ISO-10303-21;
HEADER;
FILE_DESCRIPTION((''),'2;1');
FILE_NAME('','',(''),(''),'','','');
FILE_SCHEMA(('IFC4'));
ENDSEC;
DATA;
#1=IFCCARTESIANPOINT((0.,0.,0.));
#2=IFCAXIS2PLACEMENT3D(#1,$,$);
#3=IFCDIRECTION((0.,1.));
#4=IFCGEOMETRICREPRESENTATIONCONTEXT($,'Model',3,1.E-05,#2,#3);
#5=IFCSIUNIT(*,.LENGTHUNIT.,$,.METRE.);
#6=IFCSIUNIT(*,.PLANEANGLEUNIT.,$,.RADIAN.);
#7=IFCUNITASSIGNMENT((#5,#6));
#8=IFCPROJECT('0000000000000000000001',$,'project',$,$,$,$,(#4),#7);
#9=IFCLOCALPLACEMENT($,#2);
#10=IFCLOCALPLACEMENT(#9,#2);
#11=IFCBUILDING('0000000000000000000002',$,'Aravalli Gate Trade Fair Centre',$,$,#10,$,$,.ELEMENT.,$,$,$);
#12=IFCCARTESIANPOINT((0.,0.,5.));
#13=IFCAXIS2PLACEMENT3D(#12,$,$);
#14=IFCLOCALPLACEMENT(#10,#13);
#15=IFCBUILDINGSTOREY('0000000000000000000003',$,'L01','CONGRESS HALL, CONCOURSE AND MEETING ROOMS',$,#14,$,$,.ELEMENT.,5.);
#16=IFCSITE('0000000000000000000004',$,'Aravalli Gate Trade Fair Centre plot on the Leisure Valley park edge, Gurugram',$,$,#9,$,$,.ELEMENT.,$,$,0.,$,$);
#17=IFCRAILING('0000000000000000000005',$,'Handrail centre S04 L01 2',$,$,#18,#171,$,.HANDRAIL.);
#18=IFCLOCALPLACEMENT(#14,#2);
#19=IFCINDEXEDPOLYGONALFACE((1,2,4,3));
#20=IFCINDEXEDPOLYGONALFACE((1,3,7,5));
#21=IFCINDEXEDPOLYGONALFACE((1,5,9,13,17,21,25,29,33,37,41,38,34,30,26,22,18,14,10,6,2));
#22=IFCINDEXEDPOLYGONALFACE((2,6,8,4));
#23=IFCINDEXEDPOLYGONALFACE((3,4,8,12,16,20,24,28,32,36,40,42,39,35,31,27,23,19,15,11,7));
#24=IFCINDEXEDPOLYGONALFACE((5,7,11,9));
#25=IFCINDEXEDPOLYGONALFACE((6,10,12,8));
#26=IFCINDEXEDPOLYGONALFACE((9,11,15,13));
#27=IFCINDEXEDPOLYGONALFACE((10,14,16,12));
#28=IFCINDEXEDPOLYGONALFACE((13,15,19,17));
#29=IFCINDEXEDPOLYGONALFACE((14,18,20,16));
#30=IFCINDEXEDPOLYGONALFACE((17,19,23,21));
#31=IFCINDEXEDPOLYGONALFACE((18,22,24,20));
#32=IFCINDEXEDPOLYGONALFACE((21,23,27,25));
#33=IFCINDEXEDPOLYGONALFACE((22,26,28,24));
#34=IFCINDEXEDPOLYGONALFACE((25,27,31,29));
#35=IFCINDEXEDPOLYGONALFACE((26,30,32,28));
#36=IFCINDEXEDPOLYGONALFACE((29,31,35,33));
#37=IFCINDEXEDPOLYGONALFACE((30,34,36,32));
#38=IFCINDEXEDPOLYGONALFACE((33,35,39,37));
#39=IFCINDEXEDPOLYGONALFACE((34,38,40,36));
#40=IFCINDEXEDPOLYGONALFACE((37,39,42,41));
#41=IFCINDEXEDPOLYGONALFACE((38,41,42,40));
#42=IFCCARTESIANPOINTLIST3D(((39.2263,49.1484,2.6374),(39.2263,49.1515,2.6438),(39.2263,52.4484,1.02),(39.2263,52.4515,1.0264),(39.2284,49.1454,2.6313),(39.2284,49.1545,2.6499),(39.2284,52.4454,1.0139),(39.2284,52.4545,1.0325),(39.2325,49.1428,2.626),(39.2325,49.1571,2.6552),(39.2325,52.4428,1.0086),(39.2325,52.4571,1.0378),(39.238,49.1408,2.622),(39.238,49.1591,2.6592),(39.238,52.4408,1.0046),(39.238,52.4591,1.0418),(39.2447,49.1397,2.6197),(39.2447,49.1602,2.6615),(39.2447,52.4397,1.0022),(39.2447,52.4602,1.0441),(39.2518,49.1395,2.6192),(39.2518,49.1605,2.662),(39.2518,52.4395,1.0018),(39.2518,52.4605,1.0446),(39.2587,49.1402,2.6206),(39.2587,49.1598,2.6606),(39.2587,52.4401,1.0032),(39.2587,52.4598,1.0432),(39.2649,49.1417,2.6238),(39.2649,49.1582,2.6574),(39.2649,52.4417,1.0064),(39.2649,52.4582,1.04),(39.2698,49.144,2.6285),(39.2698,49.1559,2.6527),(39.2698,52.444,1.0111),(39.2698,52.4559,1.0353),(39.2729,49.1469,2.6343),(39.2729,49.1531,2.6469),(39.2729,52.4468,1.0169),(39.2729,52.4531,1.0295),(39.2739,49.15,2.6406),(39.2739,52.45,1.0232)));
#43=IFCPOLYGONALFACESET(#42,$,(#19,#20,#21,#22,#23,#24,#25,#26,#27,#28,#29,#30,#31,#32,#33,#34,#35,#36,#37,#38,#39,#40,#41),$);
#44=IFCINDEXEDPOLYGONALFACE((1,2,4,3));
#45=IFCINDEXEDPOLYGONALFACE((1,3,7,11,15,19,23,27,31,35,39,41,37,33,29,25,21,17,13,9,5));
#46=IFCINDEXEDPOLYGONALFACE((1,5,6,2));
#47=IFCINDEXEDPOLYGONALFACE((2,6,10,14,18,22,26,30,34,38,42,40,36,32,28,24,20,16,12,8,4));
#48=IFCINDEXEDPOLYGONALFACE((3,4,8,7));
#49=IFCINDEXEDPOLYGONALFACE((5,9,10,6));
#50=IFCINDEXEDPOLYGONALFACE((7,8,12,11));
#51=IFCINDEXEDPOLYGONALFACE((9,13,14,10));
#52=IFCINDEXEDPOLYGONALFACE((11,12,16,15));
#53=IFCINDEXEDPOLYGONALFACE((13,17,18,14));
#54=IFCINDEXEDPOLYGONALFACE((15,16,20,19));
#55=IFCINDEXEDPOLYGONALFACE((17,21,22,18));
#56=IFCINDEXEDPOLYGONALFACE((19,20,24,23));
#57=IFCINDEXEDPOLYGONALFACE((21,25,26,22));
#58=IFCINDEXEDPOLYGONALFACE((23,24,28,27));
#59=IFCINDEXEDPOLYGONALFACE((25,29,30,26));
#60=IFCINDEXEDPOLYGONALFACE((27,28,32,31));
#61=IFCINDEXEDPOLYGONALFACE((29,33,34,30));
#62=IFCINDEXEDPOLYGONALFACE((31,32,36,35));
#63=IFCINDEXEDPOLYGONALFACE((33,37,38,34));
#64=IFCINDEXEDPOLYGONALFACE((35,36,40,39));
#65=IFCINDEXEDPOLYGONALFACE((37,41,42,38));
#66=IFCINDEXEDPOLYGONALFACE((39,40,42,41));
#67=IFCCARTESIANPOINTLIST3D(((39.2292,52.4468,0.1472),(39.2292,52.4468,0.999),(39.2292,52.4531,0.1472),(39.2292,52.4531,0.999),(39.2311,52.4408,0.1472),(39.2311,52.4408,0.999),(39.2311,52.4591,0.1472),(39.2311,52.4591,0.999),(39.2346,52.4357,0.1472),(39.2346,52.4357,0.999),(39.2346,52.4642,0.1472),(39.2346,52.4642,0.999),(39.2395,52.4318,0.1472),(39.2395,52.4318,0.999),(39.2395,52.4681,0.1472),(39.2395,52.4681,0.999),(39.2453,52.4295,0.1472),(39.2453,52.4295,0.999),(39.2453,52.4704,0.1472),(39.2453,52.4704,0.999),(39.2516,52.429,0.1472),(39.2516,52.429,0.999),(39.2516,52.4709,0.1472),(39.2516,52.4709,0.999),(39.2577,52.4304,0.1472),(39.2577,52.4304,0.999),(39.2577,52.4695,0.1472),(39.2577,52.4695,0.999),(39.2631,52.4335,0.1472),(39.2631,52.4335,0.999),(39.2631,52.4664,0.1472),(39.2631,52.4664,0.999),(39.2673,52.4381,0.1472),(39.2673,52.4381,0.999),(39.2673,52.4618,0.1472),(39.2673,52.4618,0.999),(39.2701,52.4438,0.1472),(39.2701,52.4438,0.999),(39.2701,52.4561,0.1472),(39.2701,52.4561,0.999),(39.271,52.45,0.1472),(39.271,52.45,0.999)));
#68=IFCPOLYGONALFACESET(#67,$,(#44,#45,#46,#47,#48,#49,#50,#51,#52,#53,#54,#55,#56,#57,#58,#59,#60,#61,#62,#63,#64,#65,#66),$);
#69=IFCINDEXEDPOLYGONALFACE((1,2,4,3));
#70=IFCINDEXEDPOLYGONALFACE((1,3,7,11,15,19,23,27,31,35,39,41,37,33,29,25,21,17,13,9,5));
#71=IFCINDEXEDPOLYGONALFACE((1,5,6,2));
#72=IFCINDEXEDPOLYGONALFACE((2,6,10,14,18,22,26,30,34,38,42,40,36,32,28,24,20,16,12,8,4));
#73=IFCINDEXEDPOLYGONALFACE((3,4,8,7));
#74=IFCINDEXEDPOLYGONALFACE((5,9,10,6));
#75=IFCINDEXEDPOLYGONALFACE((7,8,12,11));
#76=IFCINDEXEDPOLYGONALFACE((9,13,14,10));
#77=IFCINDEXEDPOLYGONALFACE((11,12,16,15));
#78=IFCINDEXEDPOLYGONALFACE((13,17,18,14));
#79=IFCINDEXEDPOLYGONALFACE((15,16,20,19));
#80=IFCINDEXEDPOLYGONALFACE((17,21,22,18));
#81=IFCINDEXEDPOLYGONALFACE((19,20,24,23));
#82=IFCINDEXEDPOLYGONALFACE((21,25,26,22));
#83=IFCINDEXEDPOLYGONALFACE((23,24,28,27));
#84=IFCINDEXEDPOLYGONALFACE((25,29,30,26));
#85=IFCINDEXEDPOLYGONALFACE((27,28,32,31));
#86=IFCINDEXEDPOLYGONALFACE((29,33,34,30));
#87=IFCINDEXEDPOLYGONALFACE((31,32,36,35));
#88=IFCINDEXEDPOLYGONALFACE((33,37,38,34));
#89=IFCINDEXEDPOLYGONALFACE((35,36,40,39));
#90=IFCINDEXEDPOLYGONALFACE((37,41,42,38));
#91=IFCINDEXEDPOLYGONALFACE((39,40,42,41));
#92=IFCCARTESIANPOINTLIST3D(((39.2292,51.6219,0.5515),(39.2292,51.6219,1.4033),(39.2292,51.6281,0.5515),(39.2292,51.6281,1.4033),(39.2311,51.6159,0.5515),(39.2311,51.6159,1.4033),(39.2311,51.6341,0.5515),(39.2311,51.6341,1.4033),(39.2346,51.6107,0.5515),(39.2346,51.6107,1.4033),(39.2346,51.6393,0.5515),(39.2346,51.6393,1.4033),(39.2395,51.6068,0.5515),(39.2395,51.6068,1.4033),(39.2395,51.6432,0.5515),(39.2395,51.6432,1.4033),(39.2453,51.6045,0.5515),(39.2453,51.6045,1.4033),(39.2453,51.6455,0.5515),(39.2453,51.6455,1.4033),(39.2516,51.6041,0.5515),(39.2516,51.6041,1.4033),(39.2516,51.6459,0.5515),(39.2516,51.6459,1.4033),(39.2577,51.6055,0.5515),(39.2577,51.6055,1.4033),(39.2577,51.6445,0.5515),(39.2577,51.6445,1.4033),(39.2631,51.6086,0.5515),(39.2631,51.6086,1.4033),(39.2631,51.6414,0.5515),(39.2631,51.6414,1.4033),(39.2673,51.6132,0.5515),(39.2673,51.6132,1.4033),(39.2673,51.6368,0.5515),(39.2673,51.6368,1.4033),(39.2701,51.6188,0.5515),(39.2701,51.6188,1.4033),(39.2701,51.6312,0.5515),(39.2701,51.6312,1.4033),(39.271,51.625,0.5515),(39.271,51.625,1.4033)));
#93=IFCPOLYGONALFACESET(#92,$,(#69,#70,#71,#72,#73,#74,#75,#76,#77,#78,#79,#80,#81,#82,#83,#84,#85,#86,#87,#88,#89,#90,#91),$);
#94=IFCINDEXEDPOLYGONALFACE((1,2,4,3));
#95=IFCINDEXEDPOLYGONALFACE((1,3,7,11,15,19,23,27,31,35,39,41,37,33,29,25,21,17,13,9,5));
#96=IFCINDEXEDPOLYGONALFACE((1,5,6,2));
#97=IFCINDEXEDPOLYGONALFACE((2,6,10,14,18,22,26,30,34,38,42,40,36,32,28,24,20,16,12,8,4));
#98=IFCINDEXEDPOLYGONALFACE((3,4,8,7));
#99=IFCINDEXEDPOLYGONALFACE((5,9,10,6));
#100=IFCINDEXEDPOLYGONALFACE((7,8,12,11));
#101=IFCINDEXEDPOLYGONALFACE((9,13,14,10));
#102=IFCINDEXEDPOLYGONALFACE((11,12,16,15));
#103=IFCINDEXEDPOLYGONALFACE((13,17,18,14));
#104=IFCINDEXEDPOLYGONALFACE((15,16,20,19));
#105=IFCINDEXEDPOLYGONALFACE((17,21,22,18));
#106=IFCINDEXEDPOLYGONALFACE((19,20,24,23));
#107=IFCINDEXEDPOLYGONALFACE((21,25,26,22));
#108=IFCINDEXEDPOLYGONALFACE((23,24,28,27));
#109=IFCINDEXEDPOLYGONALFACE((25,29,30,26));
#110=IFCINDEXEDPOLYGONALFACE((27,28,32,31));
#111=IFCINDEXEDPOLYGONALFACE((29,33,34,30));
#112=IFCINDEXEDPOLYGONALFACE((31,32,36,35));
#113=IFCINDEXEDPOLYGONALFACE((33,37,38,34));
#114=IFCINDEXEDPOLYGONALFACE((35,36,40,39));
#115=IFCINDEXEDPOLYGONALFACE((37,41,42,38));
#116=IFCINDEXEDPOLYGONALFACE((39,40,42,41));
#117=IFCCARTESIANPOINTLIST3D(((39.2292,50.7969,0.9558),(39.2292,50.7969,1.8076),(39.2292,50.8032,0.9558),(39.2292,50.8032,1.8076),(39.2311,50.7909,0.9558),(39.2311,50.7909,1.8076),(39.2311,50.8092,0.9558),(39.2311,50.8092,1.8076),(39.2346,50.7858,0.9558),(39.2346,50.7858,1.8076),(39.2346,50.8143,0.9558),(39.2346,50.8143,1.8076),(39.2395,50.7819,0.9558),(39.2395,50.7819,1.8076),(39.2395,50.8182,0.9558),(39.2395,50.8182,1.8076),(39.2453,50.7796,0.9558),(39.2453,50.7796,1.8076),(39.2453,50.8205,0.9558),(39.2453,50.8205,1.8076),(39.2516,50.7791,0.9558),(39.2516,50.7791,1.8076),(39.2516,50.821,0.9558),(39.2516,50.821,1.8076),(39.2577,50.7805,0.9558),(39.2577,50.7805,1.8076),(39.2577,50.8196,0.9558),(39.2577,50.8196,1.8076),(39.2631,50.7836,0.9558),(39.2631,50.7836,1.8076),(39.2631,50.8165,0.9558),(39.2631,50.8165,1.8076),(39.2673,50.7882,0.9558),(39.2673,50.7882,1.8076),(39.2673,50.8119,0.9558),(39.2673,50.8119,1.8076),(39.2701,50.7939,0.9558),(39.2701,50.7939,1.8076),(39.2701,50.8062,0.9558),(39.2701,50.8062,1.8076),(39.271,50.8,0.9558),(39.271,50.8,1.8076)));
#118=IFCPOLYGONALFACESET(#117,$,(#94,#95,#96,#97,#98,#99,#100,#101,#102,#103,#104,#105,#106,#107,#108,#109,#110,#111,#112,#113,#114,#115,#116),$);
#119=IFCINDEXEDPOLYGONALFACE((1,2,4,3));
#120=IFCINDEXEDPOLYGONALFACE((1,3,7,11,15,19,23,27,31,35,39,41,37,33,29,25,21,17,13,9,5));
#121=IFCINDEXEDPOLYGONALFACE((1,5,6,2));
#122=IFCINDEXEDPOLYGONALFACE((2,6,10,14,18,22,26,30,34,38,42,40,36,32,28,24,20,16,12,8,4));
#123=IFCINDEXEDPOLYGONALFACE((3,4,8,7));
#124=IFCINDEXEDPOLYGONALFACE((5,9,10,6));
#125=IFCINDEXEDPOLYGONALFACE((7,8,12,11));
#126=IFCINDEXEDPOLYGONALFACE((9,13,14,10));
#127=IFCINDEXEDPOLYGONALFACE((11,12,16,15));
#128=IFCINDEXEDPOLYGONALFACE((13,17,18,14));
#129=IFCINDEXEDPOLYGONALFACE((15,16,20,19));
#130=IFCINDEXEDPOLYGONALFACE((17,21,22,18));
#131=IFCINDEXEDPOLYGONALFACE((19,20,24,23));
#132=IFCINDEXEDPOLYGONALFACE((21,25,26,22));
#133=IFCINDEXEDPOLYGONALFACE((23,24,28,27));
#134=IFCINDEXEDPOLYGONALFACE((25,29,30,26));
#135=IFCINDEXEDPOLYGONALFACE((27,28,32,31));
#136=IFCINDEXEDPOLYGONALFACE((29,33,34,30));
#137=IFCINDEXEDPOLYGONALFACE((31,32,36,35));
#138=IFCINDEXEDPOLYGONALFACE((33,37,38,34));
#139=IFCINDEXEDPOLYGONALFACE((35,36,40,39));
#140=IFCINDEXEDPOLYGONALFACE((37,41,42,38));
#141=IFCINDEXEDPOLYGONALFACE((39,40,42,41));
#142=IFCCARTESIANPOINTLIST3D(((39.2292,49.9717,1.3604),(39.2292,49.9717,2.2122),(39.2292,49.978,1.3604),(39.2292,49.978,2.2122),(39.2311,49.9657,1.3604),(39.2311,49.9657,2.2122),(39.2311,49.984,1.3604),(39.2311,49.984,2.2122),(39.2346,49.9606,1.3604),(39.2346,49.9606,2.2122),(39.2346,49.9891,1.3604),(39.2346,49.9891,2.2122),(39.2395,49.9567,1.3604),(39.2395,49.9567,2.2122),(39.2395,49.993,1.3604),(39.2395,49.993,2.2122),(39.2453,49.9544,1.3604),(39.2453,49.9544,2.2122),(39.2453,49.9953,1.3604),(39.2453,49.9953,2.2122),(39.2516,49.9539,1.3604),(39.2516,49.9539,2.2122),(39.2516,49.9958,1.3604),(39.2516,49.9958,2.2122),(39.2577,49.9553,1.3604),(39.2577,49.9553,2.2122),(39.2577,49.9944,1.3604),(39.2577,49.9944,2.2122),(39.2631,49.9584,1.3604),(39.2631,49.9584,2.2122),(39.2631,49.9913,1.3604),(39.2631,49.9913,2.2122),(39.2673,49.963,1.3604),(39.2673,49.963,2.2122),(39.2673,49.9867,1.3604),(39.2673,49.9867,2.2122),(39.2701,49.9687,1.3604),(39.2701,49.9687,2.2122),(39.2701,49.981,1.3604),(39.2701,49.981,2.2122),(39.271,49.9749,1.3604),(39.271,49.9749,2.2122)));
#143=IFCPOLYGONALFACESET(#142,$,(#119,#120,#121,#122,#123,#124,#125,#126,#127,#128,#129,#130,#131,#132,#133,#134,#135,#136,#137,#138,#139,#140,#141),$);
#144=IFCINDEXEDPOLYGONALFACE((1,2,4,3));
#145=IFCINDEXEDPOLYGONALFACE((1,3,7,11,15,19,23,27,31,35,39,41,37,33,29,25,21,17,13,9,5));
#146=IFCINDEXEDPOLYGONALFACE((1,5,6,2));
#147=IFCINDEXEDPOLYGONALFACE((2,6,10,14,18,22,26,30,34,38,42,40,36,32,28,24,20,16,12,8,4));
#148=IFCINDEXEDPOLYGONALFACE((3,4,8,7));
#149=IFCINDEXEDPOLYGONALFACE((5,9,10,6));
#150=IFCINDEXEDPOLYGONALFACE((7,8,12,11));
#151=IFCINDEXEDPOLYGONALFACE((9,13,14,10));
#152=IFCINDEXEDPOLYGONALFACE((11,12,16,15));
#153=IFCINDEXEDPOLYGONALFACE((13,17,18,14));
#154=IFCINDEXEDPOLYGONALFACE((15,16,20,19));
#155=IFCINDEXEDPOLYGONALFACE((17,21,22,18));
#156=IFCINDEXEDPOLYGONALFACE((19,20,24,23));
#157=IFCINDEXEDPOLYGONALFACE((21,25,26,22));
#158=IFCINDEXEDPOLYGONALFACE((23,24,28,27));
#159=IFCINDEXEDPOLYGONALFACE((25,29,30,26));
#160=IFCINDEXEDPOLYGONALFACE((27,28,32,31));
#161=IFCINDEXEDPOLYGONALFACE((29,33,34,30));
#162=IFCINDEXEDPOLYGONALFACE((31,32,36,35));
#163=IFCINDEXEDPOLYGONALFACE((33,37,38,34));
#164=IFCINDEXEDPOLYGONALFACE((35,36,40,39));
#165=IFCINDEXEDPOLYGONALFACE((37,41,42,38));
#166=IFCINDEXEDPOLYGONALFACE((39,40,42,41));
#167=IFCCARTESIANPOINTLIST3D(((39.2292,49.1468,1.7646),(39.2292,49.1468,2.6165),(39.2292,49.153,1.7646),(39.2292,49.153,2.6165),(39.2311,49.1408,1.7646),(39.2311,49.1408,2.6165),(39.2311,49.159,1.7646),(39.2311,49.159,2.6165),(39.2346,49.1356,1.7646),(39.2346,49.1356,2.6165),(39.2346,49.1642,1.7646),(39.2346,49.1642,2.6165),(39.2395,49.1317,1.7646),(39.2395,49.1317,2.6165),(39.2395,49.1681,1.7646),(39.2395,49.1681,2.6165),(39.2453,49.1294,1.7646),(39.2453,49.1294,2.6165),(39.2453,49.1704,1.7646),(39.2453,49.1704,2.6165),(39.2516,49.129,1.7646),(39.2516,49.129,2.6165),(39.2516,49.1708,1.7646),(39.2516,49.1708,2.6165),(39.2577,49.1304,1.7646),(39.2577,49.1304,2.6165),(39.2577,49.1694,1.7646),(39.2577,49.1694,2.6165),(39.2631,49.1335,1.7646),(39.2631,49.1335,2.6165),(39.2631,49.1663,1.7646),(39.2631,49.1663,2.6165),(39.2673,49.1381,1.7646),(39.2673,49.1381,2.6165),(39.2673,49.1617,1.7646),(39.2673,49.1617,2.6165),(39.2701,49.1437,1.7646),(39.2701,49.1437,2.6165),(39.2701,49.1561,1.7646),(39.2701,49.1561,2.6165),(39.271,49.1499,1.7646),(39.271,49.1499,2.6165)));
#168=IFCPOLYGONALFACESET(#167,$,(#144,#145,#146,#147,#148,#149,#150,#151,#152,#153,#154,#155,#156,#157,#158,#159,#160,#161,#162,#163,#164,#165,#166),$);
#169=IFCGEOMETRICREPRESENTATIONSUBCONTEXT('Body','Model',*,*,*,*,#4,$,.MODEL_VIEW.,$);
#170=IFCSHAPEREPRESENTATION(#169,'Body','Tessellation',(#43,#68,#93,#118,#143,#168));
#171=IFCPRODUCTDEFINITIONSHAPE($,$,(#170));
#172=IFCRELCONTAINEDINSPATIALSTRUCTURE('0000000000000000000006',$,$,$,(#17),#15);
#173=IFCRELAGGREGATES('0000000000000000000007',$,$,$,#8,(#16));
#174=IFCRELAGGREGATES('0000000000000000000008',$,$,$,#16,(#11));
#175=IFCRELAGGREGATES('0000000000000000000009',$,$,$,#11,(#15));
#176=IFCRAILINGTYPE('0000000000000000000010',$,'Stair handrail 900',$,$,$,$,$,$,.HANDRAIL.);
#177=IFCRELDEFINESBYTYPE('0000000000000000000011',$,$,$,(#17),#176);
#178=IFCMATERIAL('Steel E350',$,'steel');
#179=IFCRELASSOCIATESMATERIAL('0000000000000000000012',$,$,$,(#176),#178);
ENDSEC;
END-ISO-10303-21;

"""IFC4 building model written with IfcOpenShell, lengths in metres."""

from ifc_helpers import new_model, si_unit, direction, frame, origin, origin_2d, place, context, subcontext, project, spatial, circle, extrude, material, type_object, element, save


model = new_model("IFC4")

# Units and contexts
model_context = context("Model", 3, precision=1e-05, world=origin(), true_north=direction((0.0, 1.0)))
body_context = subcontext(model_context, "Body", "Model", "MODEL_VIEW")
ifc_project = project(units=[si_unit("LENGTHUNIT", "METRE"), si_unit("PLANEANGLEUNIT", "RADIAN")], contexts=[model_context])

# Site, building, storey
site_placement = place(None, origin())
site = spatial("IfcSite", under=ifc_project, at=site_placement, Name="Aravalli Gate Trade Fair Centre plot on the Leisure Valley park edge, Gurugram", CompositionType="ELEMENT", RefElevation=0.0)
building_placement = place(site_placement, origin())
building = spatial("IfcBuilding", under=site, at=building_placement, Name="Aravalli Gate Trade Fair Centre", CompositionType="ELEMENT")
storey_placement = place(building_placement, frame((0.0, 0.0, 5.0)))
storey = spatial("IfcBuildingStorey", under=building, at=storey_placement, Name="L01", Description="CONGRESS HALL, CONCOURSE AND MEETING ROOMS", CompositionType="ELEMENT", Elevation=5.0)

# Railing
ifc_material_1 = material(Name="Steel E350", Category="steel")
railing_type = type_object("IfcRailingType", Name="Stair handrail 900", PredefinedType="HANDRAIL", material=ifc_material_1)
for number, where, name in (
    (1, (39.25, 52.45, 0.1472), "Handrail centre S04 L01 2"),
):
    element("IfcRailing", number, at=place(storey_placement, frame(where)), inside=storey, type_object=railing_type, Name=name, PredefinedType="HANDRAIL", context=body_context, shape_type="SweptSolid", body=[
        extrude(circle(Radius=0.0239, at=origin_2d()), frame((0.0, 0.0, 0.876), z_axis=(0.0, -0.897946, 0.440105), x_axis=(1.0, 0.0, 0.0)), (0.0, 0.0, 1.0), 3.675),
        extrude(circle(Radius=0.021, at=origin_2d()), origin(), (0.0, 0.0, 1.0), 0.8518),
        extrude(circle(Radius=0.021, at=origin_2d()), frame((0.0, -0.825, 0.4043)), (0.0, 0.0, 1.0), 0.8518),
        extrude(circle(Radius=0.021, at=origin_2d()), frame((0.0, -1.6499, 0.8086)), (0.0, 0.0, 1.0), 0.8518),
        extrude(circle(Radius=0.021, at=origin_2d()), frame((0.0, -2.4751, 1.2131)), (0.0, 0.0, 1.0), 0.8518),
        extrude(circle(Radius=0.021, at=origin_2d()), frame((0.0, -3.3, 1.6174)), (0.0, 0.0, 1.0), 0.8518),
    ])

save(model, "model.ifc")
